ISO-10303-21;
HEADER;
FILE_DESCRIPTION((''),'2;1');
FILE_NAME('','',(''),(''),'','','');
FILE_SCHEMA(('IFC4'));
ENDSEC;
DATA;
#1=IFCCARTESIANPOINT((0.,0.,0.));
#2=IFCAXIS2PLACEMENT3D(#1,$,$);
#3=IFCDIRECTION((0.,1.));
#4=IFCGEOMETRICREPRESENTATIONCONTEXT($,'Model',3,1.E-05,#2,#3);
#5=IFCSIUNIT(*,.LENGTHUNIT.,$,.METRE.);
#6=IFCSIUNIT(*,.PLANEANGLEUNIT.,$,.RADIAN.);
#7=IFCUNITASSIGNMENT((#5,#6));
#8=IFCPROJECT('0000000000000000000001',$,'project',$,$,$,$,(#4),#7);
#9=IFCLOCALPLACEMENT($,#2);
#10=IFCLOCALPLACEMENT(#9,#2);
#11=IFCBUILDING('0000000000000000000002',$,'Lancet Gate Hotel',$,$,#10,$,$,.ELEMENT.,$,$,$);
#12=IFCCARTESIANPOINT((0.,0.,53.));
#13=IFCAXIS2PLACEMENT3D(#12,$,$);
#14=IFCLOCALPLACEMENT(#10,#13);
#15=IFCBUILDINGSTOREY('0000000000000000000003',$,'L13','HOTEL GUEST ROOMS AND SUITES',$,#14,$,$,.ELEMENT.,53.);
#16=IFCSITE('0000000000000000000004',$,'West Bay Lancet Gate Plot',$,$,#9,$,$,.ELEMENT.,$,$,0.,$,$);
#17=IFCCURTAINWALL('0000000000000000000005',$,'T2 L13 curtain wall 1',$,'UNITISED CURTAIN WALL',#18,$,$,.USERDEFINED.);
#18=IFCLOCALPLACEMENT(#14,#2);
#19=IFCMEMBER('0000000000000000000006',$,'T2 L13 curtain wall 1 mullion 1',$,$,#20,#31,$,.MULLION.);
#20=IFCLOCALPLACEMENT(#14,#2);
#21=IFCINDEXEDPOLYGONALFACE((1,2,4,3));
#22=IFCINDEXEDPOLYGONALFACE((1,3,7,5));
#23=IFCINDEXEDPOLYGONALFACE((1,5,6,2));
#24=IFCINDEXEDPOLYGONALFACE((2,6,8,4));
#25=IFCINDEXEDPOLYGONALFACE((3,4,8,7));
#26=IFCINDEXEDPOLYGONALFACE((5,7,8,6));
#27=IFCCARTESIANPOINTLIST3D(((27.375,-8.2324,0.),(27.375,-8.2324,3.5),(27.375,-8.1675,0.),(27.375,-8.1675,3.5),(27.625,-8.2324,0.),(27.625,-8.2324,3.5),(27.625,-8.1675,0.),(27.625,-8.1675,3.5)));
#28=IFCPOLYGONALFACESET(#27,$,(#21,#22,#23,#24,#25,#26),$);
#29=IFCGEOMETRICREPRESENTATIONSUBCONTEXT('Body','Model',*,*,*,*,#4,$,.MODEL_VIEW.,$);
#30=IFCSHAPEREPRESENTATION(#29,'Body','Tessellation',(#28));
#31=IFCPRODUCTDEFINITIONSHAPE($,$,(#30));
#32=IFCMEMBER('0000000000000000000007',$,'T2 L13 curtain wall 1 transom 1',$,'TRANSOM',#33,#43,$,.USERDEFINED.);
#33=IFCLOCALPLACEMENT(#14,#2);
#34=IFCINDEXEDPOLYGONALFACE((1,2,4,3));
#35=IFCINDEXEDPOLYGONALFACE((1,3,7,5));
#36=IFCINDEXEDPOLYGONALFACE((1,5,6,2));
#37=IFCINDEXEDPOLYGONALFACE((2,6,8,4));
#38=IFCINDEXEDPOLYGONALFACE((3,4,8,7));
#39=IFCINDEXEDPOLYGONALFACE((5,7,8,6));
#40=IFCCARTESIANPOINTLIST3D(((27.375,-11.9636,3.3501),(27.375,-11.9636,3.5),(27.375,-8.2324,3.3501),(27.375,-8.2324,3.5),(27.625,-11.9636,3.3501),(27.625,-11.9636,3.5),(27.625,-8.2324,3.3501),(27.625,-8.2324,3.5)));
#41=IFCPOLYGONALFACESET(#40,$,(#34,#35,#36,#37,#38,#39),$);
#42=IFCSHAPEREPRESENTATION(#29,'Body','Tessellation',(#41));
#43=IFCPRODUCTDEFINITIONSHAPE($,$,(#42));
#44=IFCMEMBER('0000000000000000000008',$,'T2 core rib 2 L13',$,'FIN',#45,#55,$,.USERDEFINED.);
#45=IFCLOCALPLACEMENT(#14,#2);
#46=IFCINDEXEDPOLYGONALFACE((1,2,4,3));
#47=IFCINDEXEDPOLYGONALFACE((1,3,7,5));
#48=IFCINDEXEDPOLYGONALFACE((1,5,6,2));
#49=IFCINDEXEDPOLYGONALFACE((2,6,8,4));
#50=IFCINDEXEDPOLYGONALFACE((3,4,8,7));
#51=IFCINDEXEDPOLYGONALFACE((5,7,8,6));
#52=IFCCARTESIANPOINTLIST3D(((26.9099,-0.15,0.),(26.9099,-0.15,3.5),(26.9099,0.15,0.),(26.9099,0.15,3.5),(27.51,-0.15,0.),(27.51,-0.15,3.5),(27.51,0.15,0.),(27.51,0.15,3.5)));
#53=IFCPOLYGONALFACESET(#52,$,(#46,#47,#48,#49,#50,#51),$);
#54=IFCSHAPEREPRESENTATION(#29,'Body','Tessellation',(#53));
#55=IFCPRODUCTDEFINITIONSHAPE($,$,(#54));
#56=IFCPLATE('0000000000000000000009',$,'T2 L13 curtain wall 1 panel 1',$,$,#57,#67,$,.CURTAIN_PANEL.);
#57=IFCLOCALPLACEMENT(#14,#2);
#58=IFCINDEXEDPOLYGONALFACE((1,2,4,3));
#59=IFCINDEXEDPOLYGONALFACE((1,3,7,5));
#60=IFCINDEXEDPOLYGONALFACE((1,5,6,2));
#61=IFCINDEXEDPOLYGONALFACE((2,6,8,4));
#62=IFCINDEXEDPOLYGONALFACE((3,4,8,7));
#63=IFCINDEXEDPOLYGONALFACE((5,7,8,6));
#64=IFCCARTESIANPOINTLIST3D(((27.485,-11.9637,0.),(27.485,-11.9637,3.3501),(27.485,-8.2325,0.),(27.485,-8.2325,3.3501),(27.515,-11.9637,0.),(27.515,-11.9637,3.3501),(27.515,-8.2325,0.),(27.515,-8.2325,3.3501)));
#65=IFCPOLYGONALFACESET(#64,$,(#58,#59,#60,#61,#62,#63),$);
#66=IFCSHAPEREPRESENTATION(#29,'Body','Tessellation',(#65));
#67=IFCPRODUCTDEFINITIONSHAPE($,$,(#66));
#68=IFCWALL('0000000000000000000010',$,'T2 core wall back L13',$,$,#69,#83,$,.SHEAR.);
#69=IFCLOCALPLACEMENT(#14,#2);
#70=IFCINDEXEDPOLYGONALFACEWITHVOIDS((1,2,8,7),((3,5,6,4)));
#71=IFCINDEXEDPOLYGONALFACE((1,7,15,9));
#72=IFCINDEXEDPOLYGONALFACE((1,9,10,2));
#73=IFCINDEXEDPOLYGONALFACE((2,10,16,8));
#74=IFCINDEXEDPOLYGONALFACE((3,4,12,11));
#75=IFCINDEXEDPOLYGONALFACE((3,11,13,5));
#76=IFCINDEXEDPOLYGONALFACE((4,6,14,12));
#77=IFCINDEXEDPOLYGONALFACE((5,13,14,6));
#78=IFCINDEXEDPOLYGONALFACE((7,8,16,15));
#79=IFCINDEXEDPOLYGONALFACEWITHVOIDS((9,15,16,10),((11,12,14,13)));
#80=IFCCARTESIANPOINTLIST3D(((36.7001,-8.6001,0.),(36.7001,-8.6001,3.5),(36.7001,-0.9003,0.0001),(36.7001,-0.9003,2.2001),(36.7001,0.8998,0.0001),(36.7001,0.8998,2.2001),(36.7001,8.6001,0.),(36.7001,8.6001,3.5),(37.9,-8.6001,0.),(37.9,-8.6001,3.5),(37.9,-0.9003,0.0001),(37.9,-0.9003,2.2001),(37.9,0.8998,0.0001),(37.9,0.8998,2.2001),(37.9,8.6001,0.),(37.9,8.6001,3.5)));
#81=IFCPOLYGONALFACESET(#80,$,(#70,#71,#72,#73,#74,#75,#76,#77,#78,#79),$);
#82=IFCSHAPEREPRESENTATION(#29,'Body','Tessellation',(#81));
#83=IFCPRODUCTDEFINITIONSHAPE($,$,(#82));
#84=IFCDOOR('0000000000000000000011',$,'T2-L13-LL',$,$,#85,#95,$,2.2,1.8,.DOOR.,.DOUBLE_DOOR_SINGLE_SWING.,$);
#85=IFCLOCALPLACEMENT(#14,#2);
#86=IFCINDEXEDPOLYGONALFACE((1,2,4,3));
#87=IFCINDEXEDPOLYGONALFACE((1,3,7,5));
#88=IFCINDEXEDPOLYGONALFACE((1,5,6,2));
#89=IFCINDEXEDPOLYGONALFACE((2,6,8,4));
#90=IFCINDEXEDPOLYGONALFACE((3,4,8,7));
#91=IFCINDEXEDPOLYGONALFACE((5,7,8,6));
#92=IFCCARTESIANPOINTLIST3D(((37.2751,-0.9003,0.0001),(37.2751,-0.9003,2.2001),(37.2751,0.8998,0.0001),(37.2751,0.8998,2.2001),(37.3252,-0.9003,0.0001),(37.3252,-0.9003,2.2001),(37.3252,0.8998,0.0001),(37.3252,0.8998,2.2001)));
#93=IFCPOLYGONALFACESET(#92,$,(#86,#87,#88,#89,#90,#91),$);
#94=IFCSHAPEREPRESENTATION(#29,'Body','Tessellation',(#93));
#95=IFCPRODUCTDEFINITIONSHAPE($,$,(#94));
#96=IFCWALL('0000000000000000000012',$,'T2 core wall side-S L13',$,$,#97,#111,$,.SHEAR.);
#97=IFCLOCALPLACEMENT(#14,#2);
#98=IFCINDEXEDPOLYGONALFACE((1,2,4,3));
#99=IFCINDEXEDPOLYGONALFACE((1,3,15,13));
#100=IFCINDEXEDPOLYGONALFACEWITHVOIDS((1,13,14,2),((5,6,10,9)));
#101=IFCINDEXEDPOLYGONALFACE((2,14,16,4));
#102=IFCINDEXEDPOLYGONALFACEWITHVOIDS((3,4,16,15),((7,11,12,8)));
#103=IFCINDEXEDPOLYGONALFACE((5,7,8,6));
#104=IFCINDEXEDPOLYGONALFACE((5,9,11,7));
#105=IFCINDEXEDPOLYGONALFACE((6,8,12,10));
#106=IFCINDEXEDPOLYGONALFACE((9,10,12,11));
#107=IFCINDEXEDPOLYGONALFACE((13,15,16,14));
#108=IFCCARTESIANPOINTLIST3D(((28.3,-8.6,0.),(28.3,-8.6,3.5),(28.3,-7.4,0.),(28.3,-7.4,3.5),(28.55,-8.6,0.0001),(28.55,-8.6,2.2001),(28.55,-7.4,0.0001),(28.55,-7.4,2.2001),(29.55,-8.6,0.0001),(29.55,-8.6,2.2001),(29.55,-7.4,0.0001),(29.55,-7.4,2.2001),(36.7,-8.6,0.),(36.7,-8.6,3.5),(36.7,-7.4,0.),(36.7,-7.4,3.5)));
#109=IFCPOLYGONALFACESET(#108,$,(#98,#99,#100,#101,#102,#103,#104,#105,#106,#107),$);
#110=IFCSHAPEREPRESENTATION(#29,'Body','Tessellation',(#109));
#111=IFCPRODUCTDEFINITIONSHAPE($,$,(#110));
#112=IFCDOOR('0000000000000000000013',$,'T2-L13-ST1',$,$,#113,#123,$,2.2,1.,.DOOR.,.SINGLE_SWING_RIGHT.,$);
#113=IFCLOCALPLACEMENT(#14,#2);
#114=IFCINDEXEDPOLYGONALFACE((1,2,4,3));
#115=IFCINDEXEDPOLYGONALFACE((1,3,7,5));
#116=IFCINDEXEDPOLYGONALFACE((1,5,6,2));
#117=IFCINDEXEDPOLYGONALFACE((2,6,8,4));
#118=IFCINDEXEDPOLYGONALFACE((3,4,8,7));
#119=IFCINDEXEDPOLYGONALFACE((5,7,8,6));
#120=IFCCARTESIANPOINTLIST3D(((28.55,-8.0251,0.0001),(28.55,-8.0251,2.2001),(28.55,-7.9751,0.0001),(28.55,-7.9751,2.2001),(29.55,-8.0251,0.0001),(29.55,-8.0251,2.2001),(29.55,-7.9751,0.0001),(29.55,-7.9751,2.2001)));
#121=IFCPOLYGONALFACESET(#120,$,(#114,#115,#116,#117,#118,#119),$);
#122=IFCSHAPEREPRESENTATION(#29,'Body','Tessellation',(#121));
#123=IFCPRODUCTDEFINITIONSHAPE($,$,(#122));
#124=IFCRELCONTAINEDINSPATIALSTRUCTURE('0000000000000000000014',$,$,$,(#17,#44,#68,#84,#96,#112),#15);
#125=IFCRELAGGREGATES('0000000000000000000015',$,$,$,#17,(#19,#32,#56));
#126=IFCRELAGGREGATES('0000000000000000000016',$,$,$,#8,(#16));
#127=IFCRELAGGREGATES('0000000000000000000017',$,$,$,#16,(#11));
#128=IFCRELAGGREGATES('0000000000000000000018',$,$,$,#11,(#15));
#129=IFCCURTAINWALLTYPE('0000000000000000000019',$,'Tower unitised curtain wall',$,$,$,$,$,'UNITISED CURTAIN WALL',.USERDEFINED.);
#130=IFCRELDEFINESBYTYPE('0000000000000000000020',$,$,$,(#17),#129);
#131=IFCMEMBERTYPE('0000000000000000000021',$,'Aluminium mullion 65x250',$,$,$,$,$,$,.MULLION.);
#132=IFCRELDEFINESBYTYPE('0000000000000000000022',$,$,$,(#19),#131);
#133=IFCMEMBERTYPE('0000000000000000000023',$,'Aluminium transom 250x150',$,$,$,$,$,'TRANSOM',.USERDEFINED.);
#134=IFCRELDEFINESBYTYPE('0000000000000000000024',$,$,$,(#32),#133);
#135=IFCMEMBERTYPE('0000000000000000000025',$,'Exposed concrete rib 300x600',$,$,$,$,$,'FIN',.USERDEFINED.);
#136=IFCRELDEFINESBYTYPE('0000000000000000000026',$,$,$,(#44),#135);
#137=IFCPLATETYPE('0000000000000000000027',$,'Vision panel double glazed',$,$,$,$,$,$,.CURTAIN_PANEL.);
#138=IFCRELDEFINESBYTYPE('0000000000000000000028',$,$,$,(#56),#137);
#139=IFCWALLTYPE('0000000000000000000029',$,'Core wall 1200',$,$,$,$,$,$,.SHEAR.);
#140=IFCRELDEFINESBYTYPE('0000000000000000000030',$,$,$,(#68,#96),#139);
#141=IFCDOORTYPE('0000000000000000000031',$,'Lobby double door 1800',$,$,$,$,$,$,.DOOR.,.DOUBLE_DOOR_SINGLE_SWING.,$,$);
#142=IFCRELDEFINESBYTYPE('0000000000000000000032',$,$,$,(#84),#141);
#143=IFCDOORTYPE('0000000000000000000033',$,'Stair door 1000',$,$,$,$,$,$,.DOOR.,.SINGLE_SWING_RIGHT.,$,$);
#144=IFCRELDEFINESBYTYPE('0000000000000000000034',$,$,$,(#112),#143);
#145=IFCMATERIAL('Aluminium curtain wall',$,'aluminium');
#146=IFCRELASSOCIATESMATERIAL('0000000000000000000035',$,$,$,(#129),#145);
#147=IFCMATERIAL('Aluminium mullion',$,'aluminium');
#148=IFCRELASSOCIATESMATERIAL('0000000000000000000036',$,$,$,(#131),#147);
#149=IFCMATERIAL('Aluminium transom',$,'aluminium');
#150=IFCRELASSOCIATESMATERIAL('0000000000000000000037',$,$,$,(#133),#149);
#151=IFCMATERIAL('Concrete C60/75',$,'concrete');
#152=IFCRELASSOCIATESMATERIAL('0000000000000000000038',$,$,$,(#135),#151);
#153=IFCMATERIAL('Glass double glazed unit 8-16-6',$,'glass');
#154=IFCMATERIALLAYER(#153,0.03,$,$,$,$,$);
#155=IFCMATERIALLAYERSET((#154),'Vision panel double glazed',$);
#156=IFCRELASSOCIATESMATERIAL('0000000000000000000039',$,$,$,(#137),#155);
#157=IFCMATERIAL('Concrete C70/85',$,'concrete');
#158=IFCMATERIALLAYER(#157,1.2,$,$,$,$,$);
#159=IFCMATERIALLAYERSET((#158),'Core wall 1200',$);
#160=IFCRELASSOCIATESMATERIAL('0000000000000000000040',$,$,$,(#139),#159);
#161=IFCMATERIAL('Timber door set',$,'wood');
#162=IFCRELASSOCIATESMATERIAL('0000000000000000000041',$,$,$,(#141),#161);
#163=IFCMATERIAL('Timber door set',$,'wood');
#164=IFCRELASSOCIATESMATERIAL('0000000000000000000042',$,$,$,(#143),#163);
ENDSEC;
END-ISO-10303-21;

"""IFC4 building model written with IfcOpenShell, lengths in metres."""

from ifc_helpers import new_model, si_unit, direction, frame, frame_2d, origin, origin_2d, place, context, subcontext, project, spatial, rectangle, extrude, material, layer, layer_set, material_profile, profile_set, type_object, element, fill, aggregate, save


model = new_model("IFC4")

# Units and contexts
model_context = context("Model", 3, precision=1e-05, world=origin(), true_north=direction((0.0, 1.0)))
body_context = subcontext(model_context, "Body", "Model", "MODEL_VIEW")
ifc_project = project(units=[si_unit("LENGTHUNIT", "METRE"), si_unit("PLANEANGLEUNIT", "RADIAN")], contexts=[model_context])

# Site, building, storey
site_placement = place(None, origin())
site = spatial("IfcSite", under=ifc_project, at=site_placement, Name="West Bay Lancet Gate Plot", CompositionType="ELEMENT", RefElevation=0.0)
building_placement = place(site_placement, origin())
building = spatial("IfcBuilding", under=site, at=building_placement, Name="Lancet Gate Hotel", CompositionType="ELEMENT")
storey_placement = place(building_placement, frame((0.0, 0.0, 53.0)))
storey = spatial("IfcBuildingStorey", under=building, at=storey_placement, Name="L13", Description="HOTEL GUEST ROOMS AND SUITES", CompositionType="ELEMENT", Elevation=53.0)

# Curtain wall, members
ifc_material_1 = material(Name="Aluminium curtain wall", Category="aluminium")
curtain_wall_type = type_object("IfcCurtainWallType", Name="Tower unitised curtain wall", ElementType="UNITISED CURTAIN WALL", PredefinedType="USERDEFINED", material=ifc_material_1)
curtain_wall_placement = place(storey_placement, origin())
curtain_wall = element("IfcCurtainWall", 1, at=curtain_wall_placement, inside=storey, type_object=curtain_wall_type, Name="T2 L13 curtain wall 1", ObjectType="UNITISED CURTAIN WALL", PredefinedType="USERDEFINED")
ifc_material_2 = material(Name="Aluminium mullion", Category="aluminium")
ifc_material_profile_1 = material_profile(ifc_material_2, rectangle(XDim=0.0649, YDim=0.25, at=origin_2d()), Name="MULLION 65x250")
ifc_profile_set_1 = profile_set([ifc_material_profile_1], Name="Aluminium mullion")
member_type_1 = type_object("IfcMemberType", Name="Aluminium mullion 65x250", PredefinedType="MULLION", material=ifc_profile_set_1)
member_1_placement = place(storey_placement, frame((27.5, -8.2, 0.0), z_axis=(0.0, 0.0, 1.0), x_axis=(0.0, -1.0, 0.0)))
member_1 = element("IfcMember", 2, at=member_1_placement, type_object=member_type_1, Name="T2 L13 curtain wall 1 mullion 1", PredefinedType="MULLION", context=body_context, shape_type="SweptSolid", body=[
    extrude(rectangle(XDim=0.0649, YDim=0.25, at=origin_2d()), origin(), (0.0, 0.0, 1.0), 3.5),
])
ifc_material_3 = material(Name="Aluminium transom", Category="aluminium")
ifc_material_profile_2 = material_profile(ifc_material_3, rectangle(XDim=0.25, YDim=0.1499, at=origin_2d()), Name="TRANSOM 250x150")
ifc_profile_set_2 = profile_set([ifc_material_profile_2], Name="Aluminium transom")
member_type_2 = type_object("IfcMemberType", Name="Aluminium transom 250x150", ElementType="TRANSOM", PredefinedType="USERDEFINED", material=ifc_profile_set_2)
member_2_placement = place(storey_placement, frame((27.5, -8.2324, 3.425), z_axis=(0.0, -1.0, 0.0), x_axis=(1.0, 0.0, 0.0)))
member_2 = element("IfcMember", 3, at=member_2_placement, type_object=member_type_2, Name="T2 L13 curtain wall 1 transom 1", ObjectType="TRANSOM", PredefinedType="USERDEFINED", context=body_context, shape_type="SweptSolid", body=[
    extrude(rectangle(XDim=0.25, YDim=0.1499, at=origin_2d()), origin(), (0.0, 0.0, 1.0), 3.7312),
])

# Member
ifc_material_4 = material(Name="Concrete C60/75", Category="concrete")
ifc_material_profile_3 = material_profile(ifc_material_4, rectangle(XDim=0.3, YDim=0.6001, at=origin_2d()), Name="FIN 300x600")
ifc_profile_set_3 = profile_set([ifc_material_profile_3], Name="Concrete C60/75")
member_type_3 = type_object("IfcMemberType", Name="Exposed concrete rib 300x600", ElementType="FIN", PredefinedType="USERDEFINED", material=ifc_profile_set_3)
member_3_placement = place(storey_placement, frame((27.21, 0.0, 0.0), z_axis=(0.0, 0.0, 1.0), x_axis=(0.0, 1.0, 0.0)))
element("IfcMember", 4, at=member_3_placement, inside=storey, type_object=member_type_3, Name="T2 core rib 2 L13", ObjectType="FIN", PredefinedType="USERDEFINED", context=body_context, shape_type="SweptSolid", body=[
    extrude(rectangle(XDim=0.3, YDim=0.6001, at=origin_2d()), origin(), (0.0, 0.0, 1.0), 3.5),
])

# Plate
ifc_material_5 = material(Name="Glass double glazed unit 8-16-6", Category="glass")
ifc_layer_1 = layer(ifc_material_5, 0.03)
ifc_layer_set_1 = layer_set([ifc_layer_1], Name="Vision panel double glazed")
plate_type = type_object("IfcPlateType", Name="Vision panel double glazed", PredefinedType="CURTAIN_PANEL", material=ifc_layer_set_1)
plate_placement = place(storey_placement, frame((27.5, -10.0981, 0.0), z_axis=(0.0, 0.0, 1.0), x_axis=(0.0, -1.0, 0.0)))
plate = element("IfcPlate", 5, at=plate_placement, type_object=plate_type, Name="T2 L13 curtain wall 1 panel 1", PredefinedType="CURTAIN_PANEL", context=body_context, shape_type="SweptSolid", body=[
    extrude(rectangle(XDim=3.7312, YDim=0.03, at=origin_2d()), origin(), (0.0, 0.0, 1.0), 3.3501),
])
aggregate(curtain_wall, [member_1, member_2, plate])

# Walls, openings, doors
ifc_material_6 = material(Name="Concrete C70/85", Category="concrete")
ifc_layer_2 = layer(ifc_material_6, 1.2)
ifc_layer_set_2 = layer_set([ifc_layer_2], Name="Core wall 1200")
wall_type_1 = type_object("IfcWallType", Name="Core wall 1200", PredefinedType="SHEAR", material=ifc_layer_set_2)
wall_1_placement = place(storey_placement, frame((37.3, -8.6001, 0.0), z_axis=(0.0, 0.0, 1.0), x_axis=(0.0, 1.0, 0.0)))
wall_1 = element("IfcWall", 6, at=wall_1_placement, inside=storey, type_object=wall_type_1, Name="T2 core wall back L13", PredefinedType="SHEAR", context=body_context, shape_type="SweptSolid", body=[
    extrude(rectangle(XDim=17.2002, YDim=1.2, at=frame_2d((8.6001, 0.0))), origin(), (0.0, 0.0, 1.0), 3.5),
])
opening_1_placement = place(wall_1_placement, frame((7.7, 0.0, 0.0)))
opening_1 = element("IfcOpeningElement", 7, at=opening_1_placement, cuts=wall_1, PredefinedType="OPENING", context=body_context, shape_type="SweptSolid", body=[
    extrude(rectangle(XDim=1.8, YDim=2.2, at=frame_2d((0.8999, 1.1001))), frame((0.0, 0.6099, 0.0), z_axis=(0.0, -1.0, 0.0), x_axis=(1.0, 0.0, 0.0)), (0.0, 0.0, 1.0), 1.22),
])
ifc_material_7 = material(Name="Timber door set", Category="wood")
door_type_1 = type_object("IfcDoorType", Name="Lobby double door 1800", OperationType="DOUBLE_DOOR_SINGLE_SWING", PredefinedType="DOOR", material=ifc_material_7)
door_1_placement = place(opening_1_placement, origin())
door_1 = element("IfcDoor", 8, at=door_1_placement, inside=storey, type_object=door_type_1, Name="T2-L13-LL", OperationType="DOUBLE_DOOR_SINGLE_SWING", OverallHeight=2.2, OverallWidth=1.8, PredefinedType="DOOR", context=body_context, shape_type="SweptSolid", body=[
    extrude(rectangle(XDim=1.8, YDim=2.2, at=frame_2d((0.8999, 1.1001))), frame((0.0, 0.0249, 0.0), z_axis=(0.0, -1.0, 0.0), x_axis=(1.0, 0.0, 0.0)), (0.0, 0.0, 1.0), 0.05),
])
fill(opening_1, door_1)
wall_2_placement = place(storey_placement, frame((28.3, -8.0, 0.0), z_axis=(0.0, 0.0, 1.0), x_axis=(1.0, 0.0, 0.0)))
wall_2 = element("IfcWall", 9, at=wall_2_placement, inside=storey, type_object=wall_type_1, Name="T2 core wall side-S L13", PredefinedType="SHEAR", context=body_context, shape_type="SweptSolid", body=[
    extrude(rectangle(XDim=8.3999, YDim=1.2, at=frame_2d((4.2, 0.0))), origin(), (0.0, 0.0, 1.0), 3.5),
])
opening_2_placement = place(wall_2_placement, frame((0.25, 0.0, 0.0)))
opening_2 = element("IfcOpeningElement", 10, at=opening_2_placement, cuts=wall_2, PredefinedType="OPENING", context=body_context, shape_type="SweptSolid", body=[
    extrude(rectangle(XDim=1.0, YDim=2.2, at=frame_2d((0.5, 1.1001))), frame((0.0, 0.6099, 0.0), z_axis=(0.0, -1.0, 0.0), x_axis=(1.0, 0.0, 0.0)), (0.0, 0.0, 1.0), 1.22),
])
ifc_material_8 = material(Name="Timber door set", Category="wood")
door_type_2 = type_object("IfcDoorType", Name="Stair door 1000", OperationType="SINGLE_SWING_RIGHT", PredefinedType="DOOR", material=ifc_material_8)
door_2_placement = place(opening_2_placement, origin())
door_2 = element("IfcDoor", 11, at=door_2_placement, inside=storey, type_object=door_type_2, Name="T2-L13-ST1", OperationType="SINGLE_SWING_RIGHT", OverallHeight=2.2, OverallWidth=1.0, PredefinedType="DOOR", context=body_context, shape_type="SweptSolid", body=[
    extrude(rectangle(XDim=1.0, YDim=2.2, at=frame_2d((0.5, 1.1001))), frame((0.0, 0.0249, 0.0), z_axis=(0.0, -1.0, 0.0), x_axis=(1.0, 0.0, 0.0)), (0.0, 0.0, 1.0), 0.05),
])
fill(opening_2, door_2)

save(model, "model.ifc")
